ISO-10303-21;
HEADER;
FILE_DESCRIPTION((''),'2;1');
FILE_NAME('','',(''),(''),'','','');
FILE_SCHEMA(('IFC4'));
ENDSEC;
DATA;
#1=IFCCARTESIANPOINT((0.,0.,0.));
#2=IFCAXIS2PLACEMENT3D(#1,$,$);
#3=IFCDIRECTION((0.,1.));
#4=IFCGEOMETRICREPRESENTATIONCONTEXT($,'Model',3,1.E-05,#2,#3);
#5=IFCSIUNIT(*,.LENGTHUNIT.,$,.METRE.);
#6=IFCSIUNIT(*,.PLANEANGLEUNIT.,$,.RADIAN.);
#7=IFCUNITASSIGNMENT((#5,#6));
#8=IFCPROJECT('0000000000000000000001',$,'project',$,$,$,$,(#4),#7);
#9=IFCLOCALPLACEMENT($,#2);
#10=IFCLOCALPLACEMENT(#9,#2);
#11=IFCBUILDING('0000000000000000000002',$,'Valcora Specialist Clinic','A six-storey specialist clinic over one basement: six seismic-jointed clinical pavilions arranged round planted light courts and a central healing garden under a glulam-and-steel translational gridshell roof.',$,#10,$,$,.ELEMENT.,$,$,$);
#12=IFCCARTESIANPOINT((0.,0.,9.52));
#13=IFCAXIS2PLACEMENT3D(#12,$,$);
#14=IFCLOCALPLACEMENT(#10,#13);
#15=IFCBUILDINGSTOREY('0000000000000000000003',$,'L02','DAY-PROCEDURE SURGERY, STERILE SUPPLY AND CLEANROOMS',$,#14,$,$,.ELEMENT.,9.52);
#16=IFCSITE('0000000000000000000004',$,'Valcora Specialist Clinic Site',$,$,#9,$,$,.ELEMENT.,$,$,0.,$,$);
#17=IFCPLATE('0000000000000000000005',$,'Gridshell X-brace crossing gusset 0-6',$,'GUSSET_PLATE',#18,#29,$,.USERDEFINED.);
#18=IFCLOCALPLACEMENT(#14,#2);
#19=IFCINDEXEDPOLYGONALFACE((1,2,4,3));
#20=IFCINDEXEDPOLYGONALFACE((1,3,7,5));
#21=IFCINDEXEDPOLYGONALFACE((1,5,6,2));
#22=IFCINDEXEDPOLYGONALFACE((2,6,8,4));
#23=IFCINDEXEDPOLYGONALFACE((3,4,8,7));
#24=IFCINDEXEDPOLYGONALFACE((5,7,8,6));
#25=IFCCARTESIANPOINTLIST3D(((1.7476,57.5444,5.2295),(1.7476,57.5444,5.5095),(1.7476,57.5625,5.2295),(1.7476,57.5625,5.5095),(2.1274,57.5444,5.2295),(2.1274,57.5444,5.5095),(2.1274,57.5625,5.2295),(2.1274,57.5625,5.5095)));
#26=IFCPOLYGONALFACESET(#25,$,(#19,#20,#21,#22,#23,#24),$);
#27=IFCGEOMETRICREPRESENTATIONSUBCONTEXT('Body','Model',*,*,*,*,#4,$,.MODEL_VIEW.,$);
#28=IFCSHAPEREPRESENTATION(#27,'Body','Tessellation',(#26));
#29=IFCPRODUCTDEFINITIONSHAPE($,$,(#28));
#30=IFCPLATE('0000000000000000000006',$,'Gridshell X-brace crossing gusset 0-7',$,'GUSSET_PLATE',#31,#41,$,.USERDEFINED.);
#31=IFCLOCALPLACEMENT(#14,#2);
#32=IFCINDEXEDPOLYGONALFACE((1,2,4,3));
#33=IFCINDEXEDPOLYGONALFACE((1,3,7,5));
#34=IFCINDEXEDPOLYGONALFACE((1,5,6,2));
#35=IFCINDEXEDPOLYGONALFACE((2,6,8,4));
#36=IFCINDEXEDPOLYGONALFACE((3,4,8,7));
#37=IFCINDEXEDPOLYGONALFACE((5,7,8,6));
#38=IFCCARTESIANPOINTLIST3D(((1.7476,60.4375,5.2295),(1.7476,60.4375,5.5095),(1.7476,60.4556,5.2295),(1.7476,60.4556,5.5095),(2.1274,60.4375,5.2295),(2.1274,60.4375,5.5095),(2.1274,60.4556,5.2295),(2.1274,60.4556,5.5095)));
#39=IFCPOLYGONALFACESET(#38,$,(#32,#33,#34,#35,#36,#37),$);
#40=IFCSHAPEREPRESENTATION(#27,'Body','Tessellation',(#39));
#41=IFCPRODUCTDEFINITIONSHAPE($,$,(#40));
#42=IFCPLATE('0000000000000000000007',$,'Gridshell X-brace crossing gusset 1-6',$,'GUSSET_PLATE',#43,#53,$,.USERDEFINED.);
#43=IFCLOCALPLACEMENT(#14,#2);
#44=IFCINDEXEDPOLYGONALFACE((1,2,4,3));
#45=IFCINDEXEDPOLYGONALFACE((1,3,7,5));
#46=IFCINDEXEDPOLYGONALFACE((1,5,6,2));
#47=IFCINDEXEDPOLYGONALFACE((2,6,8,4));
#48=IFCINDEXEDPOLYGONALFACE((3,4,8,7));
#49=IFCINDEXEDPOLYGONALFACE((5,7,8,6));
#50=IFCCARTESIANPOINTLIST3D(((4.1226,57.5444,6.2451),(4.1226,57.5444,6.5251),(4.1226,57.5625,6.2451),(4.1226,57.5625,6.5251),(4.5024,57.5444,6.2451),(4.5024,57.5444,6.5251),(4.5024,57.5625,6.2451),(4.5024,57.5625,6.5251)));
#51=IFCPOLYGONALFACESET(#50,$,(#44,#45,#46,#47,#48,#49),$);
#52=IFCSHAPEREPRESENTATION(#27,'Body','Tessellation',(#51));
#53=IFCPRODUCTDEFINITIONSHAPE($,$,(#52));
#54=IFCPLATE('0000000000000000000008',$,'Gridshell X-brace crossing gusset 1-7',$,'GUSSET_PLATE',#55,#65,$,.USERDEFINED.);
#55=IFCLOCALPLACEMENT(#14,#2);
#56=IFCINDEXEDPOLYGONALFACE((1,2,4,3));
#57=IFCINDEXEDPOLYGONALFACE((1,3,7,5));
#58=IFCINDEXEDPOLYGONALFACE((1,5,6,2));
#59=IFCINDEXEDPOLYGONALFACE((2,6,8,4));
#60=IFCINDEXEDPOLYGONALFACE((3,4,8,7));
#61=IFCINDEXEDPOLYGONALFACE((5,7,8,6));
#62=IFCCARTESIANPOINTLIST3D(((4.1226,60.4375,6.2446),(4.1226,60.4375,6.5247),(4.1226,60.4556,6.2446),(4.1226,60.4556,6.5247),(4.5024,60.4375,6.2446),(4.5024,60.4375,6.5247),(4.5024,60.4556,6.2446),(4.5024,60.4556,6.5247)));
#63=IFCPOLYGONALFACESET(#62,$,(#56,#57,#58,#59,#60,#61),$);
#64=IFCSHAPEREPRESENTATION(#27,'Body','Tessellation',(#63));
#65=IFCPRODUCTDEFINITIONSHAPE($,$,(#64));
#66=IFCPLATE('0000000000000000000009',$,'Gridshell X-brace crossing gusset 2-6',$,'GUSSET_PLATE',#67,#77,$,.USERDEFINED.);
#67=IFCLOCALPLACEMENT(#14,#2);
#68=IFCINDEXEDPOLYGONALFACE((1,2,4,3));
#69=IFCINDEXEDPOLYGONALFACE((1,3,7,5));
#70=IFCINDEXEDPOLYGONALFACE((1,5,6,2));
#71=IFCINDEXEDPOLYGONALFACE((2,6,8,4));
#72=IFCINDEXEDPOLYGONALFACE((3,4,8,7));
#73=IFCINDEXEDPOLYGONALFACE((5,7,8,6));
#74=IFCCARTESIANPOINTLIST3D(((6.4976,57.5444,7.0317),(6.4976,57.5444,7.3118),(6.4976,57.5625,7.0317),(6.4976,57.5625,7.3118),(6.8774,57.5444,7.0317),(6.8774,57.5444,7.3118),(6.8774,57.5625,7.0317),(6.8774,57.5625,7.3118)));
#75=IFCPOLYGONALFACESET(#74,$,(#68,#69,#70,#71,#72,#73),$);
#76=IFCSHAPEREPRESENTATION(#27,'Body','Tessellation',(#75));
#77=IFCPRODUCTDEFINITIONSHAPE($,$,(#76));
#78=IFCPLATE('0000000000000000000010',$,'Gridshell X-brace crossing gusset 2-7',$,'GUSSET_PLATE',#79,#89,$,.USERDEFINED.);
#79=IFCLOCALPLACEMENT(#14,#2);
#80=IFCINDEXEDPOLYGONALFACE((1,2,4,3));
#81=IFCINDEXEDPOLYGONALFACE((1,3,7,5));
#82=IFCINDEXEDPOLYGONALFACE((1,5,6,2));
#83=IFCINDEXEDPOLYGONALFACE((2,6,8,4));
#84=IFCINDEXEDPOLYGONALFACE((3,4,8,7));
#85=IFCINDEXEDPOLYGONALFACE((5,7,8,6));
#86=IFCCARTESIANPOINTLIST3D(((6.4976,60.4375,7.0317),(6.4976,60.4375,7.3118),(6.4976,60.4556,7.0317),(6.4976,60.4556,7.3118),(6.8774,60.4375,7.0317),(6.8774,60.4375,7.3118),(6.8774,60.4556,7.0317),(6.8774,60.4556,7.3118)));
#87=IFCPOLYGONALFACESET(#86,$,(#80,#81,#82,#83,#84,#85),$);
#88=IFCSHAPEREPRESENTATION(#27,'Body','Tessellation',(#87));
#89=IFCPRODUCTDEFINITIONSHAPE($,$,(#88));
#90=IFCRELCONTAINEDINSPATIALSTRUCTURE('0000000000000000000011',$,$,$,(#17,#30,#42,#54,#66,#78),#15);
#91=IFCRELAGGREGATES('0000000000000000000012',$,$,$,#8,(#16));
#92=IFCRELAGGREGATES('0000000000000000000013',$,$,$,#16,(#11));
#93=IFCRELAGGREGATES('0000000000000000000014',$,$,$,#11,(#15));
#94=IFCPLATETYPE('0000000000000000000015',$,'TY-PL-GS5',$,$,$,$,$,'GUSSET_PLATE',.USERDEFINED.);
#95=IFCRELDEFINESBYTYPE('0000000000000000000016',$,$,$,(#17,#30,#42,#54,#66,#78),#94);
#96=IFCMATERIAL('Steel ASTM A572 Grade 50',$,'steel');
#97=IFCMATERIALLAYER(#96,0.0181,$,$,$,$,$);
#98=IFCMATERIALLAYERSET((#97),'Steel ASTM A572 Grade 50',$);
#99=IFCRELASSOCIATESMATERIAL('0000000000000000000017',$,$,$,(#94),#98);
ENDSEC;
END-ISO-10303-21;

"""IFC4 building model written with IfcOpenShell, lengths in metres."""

from ifc_helpers import new_model, si_unit, direction, frame, origin, origin_2d, place, context, subcontext, project, spatial, rectangle, extrude, material, layer, layer_set, type_object, element, save


model = new_model("IFC4")

# Units and contexts
model_context = context("Model", 3, precision=1e-05, world=origin(), true_north=direction((0.0, 1.0)))
body_context = subcontext(model_context, "Body", "Model", "MODEL_VIEW")
ifc_project = project(units=[si_unit("LENGTHUNIT", "METRE"), si_unit("PLANEANGLEUNIT", "RADIAN")], contexts=[model_context])

# Site, building, storey
site_placement = place(None, origin())
site = spatial("IfcSite", under=ifc_project, at=site_placement, Name="Valcora Specialist Clinic Site", CompositionType="ELEMENT", RefElevation=0.0)
building_placement = place(site_placement, origin())
building = spatial("IfcBuilding", under=site, at=building_placement, Name="Valcora Specialist Clinic", Description="A six-storey specialist clinic over one basement: six seismic-jointed clinical pavilions arranged round planted light courts and a central healing garden under a glulam-and-steel translational gridshell roof.", CompositionType="ELEMENT")
storey_placement = place(building_placement, frame((0.0, 0.0, 9.52)))
storey = spatial("IfcBuildingStorey", under=building, at=storey_placement, Name="L02", Description="DAY-PROCEDURE SURGERY, STERILE SUPPLY AND CLEANROOMS", CompositionType="ELEMENT", Elevation=9.52)

# Plates
ifc_material_1 = material(Name="Steel ASTM A572 Grade 50", Category="steel")
ifc_layer_1 = layer(ifc_material_1, 0.0181)
ifc_layer_set_1 = layer_set([ifc_layer_1], Name="Steel ASTM A572 Grade 50")
plate_type_1 = type_object("IfcPlateType", Name="TY-PL-GS5", ElementType="GUSSET_PLATE", PredefinedType="USERDEFINED", material=ifc_layer_set_1)
for number, where, z_axis, x_axis, name in (
    (1, (1.9375, 57.5535, 5.2295), (0.0, 0.0, 1.0), (1.0, 0.0, 0.0), "Gridshell X-brace crossing gusset 0-6"),
    (2, (1.9375, 60.4465, 5.2295), (0.0, 0.0, 1.0), (1.0, 0.0, 0.0), "Gridshell X-brace crossing gusset 0-7"),
    (3, (4.3125, 57.5535, 6.2451), (0.0, 0.0, 1.0), (1.0, 0.0, 0.0), "Gridshell X-brace crossing gusset 1-6"),
    (4, (4.3125, 60.4465, 6.2446), (0.0, 0.0, 1.0), (1.0, 0.0, 0.0), "Gridshell X-brace crossing gusset 1-7"),
    (5, (6.6875, 57.5535, 7.0317), (0.0, 0.0, 1.0), (1.0, 0.0, 0.0), "Gridshell X-brace crossing gusset 2-6"),
    (6, (6.6875, 60.4465, 7.0317), (0.0, 0.0, 1.0), (1.0, 0.0, 0.0), "Gridshell X-brace crossing gusset 2-7"),
):
    element("IfcPlate", number, at=place(storey_placement, frame(where, z_axis=z_axis, x_axis=x_axis)), inside=storey, type_object=plate_type_1, Name=name, ObjectType="GUSSET_PLATE", PredefinedType="USERDEFINED", context=body_context, shape_type="SweptSolid", body=[
        extrude(rectangle(XDim=0.3799, YDim=0.0181, at=origin_2d()), origin(), (0.0, 0.0, 1.0), 0.28),
    ])

save(model, "model.ifc")
